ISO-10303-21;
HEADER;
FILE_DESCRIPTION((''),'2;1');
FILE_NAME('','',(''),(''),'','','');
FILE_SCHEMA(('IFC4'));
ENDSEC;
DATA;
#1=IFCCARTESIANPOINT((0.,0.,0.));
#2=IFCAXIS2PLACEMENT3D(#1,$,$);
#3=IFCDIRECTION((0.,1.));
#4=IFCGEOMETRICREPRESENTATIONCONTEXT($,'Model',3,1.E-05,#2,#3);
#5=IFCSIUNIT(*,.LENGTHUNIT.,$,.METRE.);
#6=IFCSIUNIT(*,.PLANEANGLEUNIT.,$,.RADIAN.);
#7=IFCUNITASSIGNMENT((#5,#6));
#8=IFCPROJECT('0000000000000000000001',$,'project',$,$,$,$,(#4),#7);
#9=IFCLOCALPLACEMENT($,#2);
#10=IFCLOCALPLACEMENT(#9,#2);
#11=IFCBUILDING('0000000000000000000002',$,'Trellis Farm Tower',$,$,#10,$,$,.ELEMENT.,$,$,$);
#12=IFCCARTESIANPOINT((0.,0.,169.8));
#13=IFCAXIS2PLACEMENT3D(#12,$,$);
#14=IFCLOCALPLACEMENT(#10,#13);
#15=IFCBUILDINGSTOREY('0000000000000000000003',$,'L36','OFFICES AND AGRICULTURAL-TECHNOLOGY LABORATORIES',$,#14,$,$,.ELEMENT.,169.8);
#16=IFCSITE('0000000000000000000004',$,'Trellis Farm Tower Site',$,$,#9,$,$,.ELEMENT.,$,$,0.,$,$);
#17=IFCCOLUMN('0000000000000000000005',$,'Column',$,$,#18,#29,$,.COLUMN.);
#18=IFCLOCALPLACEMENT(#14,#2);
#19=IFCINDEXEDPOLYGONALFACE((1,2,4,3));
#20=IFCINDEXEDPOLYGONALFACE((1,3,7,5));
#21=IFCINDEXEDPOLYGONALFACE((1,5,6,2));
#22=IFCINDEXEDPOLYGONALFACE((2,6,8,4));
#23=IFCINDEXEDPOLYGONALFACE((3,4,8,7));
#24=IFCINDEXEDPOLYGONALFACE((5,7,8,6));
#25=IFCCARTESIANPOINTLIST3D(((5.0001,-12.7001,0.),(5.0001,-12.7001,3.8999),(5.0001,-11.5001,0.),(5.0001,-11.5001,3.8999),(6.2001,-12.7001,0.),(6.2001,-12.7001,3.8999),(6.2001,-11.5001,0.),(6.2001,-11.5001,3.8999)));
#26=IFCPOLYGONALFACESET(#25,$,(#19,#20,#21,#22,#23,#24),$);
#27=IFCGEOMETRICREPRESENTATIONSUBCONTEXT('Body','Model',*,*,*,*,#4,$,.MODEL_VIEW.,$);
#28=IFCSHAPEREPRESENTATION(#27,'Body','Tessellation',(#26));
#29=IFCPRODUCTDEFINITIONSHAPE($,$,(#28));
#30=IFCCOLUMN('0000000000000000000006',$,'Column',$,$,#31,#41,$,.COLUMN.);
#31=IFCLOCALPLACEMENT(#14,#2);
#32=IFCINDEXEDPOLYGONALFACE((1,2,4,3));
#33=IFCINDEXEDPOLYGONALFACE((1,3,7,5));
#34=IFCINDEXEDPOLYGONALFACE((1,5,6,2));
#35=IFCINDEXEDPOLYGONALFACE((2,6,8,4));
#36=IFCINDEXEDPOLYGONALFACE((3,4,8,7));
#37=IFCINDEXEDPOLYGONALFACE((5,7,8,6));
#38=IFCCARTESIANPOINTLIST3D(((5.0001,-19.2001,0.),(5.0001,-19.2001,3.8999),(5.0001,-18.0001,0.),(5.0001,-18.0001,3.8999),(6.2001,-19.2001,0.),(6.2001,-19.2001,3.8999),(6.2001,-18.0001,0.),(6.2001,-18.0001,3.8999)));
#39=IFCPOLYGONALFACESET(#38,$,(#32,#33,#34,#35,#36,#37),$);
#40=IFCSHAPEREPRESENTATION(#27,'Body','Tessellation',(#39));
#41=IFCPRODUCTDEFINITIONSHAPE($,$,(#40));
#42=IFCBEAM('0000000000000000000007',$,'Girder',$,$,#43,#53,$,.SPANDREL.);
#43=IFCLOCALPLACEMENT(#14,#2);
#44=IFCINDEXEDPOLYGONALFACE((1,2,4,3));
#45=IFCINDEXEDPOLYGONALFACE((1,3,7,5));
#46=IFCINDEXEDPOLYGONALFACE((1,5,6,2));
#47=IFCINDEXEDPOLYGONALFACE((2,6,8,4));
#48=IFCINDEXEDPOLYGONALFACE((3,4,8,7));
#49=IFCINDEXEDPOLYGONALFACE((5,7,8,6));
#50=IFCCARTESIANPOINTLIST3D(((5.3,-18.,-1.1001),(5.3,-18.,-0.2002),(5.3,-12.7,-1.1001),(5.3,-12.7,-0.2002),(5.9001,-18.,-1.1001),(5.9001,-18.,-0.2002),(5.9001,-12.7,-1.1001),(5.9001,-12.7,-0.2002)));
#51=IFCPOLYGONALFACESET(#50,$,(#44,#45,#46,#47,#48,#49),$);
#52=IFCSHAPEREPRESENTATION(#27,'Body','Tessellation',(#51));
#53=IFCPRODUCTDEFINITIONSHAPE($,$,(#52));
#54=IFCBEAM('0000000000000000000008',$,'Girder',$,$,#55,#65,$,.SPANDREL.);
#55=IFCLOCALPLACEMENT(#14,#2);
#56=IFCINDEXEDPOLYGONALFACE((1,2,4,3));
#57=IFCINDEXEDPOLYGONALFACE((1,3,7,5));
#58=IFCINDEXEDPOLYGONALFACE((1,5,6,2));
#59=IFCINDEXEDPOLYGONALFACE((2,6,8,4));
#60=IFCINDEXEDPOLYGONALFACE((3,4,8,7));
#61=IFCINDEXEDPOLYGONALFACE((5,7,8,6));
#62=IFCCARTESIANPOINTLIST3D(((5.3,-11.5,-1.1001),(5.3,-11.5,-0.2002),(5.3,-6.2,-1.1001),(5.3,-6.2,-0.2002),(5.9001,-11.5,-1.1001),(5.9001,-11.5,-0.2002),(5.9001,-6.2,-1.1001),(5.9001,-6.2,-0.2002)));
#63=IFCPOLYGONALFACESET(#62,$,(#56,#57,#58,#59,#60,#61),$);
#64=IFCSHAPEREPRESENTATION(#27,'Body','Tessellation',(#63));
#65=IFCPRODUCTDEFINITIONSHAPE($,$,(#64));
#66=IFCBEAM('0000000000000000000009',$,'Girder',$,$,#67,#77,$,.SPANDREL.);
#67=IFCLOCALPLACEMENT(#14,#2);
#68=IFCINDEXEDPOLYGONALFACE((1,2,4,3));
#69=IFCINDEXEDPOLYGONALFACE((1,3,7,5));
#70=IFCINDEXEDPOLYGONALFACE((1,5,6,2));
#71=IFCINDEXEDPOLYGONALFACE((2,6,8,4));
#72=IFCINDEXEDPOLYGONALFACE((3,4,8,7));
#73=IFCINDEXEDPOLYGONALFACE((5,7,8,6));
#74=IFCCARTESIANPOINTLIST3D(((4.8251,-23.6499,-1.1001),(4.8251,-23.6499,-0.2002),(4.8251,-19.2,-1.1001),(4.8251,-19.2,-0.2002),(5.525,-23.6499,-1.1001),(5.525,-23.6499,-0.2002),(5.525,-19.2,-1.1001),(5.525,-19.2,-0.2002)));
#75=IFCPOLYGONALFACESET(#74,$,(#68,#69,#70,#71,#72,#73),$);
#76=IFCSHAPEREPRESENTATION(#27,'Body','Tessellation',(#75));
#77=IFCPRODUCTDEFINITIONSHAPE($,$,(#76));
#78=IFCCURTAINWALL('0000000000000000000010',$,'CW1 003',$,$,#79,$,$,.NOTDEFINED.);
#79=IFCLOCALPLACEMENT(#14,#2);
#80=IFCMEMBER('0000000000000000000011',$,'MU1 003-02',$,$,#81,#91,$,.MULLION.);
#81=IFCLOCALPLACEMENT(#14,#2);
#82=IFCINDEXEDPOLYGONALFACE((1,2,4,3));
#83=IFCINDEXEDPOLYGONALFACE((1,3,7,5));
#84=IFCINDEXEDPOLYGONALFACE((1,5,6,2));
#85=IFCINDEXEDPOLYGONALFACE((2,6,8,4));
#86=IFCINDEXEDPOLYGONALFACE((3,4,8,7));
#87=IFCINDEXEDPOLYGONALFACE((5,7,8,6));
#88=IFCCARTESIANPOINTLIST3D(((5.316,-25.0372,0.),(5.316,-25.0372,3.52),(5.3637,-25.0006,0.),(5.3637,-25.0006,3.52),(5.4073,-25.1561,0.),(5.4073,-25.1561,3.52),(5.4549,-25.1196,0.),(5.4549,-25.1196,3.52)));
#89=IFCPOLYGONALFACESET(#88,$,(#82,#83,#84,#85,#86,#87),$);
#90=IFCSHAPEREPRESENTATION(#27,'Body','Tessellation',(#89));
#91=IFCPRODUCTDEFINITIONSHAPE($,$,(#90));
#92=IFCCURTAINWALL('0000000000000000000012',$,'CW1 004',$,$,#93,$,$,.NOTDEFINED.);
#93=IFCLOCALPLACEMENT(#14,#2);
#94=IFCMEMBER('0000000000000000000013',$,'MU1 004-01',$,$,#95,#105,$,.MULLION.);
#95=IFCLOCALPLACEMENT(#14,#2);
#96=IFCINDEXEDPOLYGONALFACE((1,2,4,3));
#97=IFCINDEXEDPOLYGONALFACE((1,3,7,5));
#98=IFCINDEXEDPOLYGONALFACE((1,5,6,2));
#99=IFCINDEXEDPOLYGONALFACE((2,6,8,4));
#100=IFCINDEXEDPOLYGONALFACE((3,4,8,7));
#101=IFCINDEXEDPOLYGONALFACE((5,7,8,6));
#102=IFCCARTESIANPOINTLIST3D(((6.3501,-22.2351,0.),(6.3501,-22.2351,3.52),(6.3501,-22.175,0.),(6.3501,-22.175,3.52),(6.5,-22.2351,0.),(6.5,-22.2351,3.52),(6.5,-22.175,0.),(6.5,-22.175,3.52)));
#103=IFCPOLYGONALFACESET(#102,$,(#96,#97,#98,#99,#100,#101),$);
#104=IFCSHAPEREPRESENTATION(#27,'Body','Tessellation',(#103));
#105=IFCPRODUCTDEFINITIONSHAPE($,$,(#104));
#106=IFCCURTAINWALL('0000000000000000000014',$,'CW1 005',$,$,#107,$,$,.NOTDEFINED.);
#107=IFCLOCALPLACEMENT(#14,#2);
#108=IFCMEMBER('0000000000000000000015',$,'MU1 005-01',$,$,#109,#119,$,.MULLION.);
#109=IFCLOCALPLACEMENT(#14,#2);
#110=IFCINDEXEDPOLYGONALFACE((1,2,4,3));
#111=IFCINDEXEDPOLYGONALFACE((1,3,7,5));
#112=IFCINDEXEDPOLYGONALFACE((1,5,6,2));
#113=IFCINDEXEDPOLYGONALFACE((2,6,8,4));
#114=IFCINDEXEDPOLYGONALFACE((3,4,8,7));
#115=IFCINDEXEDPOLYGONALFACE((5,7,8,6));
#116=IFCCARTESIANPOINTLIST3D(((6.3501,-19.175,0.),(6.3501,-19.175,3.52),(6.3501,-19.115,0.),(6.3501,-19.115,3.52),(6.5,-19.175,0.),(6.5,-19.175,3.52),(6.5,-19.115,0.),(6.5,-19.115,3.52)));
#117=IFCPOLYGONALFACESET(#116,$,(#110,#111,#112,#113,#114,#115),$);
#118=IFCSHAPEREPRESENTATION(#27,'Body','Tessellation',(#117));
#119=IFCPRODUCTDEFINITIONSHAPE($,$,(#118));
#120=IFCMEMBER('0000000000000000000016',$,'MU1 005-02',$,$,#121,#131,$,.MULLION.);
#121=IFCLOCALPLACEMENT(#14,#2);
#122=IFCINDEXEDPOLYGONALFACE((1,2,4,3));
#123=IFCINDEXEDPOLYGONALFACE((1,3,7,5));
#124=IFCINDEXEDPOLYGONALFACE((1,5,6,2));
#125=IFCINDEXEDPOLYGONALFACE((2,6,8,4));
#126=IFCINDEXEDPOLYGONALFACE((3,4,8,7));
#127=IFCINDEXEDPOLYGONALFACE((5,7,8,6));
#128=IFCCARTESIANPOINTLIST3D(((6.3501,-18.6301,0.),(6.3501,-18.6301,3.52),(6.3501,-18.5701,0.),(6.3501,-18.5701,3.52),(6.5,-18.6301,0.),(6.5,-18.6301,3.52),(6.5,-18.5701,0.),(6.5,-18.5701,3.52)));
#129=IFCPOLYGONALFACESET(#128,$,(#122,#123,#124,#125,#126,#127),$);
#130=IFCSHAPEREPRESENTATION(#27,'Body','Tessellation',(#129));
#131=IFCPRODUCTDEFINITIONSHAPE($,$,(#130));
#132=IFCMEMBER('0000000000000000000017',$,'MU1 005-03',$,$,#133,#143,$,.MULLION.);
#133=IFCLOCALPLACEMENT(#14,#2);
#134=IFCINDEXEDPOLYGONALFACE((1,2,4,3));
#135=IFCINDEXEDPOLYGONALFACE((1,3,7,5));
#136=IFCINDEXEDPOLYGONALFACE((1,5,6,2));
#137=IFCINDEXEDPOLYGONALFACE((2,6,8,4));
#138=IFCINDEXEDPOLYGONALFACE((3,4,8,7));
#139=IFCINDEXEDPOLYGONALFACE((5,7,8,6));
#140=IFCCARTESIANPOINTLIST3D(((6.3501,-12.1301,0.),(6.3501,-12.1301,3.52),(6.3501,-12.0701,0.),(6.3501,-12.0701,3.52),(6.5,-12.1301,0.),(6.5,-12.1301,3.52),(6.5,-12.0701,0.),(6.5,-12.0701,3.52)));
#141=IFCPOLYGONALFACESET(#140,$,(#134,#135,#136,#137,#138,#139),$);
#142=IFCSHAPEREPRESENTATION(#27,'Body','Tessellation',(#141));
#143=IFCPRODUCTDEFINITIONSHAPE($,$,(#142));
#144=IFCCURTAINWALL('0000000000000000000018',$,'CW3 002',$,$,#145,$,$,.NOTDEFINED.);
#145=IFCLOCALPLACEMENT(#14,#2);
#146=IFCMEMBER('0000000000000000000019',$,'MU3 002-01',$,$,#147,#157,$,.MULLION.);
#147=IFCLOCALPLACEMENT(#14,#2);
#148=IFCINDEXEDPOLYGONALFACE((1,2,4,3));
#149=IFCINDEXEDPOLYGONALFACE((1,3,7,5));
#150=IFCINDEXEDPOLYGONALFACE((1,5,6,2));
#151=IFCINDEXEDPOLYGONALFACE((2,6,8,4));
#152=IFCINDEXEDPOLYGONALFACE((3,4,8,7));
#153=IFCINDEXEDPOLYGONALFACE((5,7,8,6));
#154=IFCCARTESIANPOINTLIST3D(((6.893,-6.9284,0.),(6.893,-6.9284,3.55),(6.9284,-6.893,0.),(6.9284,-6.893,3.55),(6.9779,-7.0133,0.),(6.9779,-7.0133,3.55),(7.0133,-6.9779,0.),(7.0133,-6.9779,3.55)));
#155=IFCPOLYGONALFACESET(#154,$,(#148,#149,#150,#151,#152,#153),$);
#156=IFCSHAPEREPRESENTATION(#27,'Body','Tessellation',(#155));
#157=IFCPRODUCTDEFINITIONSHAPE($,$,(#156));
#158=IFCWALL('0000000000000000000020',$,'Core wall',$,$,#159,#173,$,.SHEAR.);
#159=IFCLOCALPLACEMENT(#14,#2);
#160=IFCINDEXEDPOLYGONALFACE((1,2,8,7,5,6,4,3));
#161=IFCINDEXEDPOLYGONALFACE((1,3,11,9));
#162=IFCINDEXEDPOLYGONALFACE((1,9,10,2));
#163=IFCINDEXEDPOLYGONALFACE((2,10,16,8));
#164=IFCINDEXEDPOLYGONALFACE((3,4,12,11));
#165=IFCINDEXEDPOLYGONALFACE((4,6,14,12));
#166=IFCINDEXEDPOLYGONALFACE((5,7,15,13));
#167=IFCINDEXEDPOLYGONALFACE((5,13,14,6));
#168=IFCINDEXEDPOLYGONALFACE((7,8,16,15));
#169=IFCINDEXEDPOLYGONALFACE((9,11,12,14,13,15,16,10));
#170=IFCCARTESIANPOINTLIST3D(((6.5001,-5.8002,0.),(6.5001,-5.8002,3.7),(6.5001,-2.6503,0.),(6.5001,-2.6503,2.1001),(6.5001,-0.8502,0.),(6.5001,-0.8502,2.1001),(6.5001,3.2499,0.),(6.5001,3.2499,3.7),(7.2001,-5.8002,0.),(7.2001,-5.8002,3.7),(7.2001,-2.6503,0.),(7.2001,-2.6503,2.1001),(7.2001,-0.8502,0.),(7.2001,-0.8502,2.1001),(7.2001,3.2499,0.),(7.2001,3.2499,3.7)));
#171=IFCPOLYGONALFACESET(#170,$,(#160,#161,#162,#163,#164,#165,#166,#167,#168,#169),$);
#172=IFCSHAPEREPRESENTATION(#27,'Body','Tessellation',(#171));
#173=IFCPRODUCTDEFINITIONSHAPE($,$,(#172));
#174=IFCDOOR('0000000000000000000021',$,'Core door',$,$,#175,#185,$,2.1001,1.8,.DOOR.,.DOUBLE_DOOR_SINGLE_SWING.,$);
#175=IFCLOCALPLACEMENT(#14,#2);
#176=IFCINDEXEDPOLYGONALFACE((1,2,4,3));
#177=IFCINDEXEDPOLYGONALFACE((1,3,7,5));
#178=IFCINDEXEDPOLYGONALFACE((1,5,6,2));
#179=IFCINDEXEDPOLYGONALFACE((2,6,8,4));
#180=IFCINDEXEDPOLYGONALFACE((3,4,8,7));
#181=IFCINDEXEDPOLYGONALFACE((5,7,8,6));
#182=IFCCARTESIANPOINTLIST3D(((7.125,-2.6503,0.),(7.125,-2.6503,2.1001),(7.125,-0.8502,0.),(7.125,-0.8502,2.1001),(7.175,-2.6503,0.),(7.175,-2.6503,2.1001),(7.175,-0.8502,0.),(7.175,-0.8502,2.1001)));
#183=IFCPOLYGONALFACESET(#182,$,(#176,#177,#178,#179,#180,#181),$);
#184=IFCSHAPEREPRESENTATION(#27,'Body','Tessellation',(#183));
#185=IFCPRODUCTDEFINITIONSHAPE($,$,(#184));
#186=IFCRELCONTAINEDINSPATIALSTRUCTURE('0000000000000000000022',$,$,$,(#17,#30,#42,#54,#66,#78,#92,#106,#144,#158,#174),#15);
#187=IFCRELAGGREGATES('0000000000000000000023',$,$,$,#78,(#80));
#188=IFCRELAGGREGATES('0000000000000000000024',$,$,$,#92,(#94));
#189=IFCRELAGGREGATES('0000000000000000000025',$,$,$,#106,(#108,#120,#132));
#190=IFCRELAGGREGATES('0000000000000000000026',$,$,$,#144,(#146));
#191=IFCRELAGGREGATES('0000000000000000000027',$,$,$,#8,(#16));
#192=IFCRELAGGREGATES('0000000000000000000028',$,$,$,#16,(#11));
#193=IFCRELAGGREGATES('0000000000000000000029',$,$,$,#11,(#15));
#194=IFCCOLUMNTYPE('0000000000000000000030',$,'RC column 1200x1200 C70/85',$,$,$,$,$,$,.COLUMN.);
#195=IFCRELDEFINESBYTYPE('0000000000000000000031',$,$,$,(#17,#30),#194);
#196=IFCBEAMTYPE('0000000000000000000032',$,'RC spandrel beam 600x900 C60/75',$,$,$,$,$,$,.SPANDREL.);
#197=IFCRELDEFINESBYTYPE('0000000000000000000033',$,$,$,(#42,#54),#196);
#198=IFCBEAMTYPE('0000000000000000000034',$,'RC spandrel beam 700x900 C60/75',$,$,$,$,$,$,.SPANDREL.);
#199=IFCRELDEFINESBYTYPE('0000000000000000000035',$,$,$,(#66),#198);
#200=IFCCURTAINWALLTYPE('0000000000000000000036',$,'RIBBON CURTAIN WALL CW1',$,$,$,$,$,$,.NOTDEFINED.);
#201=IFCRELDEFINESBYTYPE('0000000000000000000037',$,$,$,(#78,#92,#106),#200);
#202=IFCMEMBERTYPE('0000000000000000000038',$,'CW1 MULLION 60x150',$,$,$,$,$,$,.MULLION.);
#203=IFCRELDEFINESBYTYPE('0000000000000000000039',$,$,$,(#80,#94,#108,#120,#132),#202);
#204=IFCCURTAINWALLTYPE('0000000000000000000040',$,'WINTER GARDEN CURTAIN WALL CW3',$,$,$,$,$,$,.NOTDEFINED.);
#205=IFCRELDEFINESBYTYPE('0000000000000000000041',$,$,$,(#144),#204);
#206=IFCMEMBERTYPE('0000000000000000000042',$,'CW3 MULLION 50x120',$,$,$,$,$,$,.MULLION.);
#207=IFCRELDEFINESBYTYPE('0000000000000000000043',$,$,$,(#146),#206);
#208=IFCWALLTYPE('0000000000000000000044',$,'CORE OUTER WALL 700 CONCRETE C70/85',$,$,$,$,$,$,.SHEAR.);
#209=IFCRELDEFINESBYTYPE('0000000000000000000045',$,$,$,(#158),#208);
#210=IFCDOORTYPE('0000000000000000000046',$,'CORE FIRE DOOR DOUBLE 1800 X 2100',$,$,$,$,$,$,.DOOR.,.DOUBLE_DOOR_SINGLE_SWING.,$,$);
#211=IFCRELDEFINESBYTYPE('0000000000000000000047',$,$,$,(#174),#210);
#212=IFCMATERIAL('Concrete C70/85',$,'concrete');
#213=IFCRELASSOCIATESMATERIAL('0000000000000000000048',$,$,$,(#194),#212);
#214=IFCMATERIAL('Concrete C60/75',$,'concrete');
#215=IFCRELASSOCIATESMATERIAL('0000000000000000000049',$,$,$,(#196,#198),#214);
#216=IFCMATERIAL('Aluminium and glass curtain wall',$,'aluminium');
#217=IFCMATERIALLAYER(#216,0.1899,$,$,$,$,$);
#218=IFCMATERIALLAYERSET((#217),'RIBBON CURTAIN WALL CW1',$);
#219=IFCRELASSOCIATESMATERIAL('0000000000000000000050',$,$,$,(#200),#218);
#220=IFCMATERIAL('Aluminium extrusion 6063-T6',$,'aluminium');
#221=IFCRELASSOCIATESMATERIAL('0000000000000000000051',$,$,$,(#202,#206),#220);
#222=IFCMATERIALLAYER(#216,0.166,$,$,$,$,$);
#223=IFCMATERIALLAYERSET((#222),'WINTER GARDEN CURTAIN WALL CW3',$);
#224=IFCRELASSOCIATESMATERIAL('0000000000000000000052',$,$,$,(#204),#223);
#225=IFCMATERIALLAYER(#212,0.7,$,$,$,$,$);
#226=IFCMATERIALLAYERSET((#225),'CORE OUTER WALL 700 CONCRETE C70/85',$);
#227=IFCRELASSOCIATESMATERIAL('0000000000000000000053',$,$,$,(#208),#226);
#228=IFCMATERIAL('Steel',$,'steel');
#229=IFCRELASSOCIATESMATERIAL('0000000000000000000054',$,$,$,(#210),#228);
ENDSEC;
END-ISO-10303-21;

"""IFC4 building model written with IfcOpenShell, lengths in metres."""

from ifc_helpers import new_model, si_unit, direction, frame, frame_2d, origin, origin_2d, place, context, subcontext, project, spatial, rectangle, extrude, source, transform, mapped, material, layer, layer_set, material_profile, profile_set, type_object, element, fill, aggregate, save


model = new_model("IFC4")

# Units and contexts
model_context = context("Model", 3, precision=1e-05, world=origin(), true_north=direction((0.0, 1.0)))
body_context = subcontext(model_context, "Body", "Model", "MODEL_VIEW")
ifc_project = project(units=[si_unit("LENGTHUNIT", "METRE"), si_unit("PLANEANGLEUNIT", "RADIAN")], contexts=[model_context])

# Site, building, storey
site_placement = place(None, origin())
site = spatial("IfcSite", under=ifc_project, at=site_placement, Name="Trellis Farm Tower Site", CompositionType="ELEMENT", RefElevation=0.0)
building_placement = place(site_placement, origin())
building = spatial("IfcBuilding", under=site, at=building_placement, Name="Trellis Farm Tower", CompositionType="ELEMENT")
storey_placement = place(building_placement, frame((0.0, 0.0, 169.8)))
storey = spatial("IfcBuildingStorey", under=building, at=storey_placement, Name="L36", Description="OFFICES AND AGRICULTURAL-TECHNOLOGY LABORATORIES", CompositionType="ELEMENT", Elevation=169.8)

# Columns
ifc_material_1 = material(Name="Concrete C70/85", Category="concrete")
ifc_material_profile_1 = material_profile(ifc_material_1, rectangle(XDim=1.2, YDim=1.2, at=origin_2d()), Name="RC column 1200x1200 C70/85")
ifc_profile_set_1 = profile_set([ifc_material_profile_1], Name="Concrete C70/85")
column_type = type_object("IfcColumnType", Name="RC column 1200x1200 C70/85", PredefinedType="COLUMN", material=ifc_profile_set_1)
shared_shape_1 = source(origin(), body_context, "Body", "SweptSolid", [
    extrude(rectangle(XDim=1.2, YDim=1.2, at=origin_2d()), origin(), (0.0, 0.0, 1.0), 3.8999),
])
for number, where, z_axis, x_axis, name in (
    (1, (5.6001, -12.1001, 0.0), (0.0, 0.0, 1.0), (1.0, 0.0, 0.0), "Column"),
    (2, (5.6001, -18.6001, 0.0), (0.0, 0.0, 1.0), (1.0, 0.0, 0.0), "Column"),
):
    element("IfcColumn", number, at=place(storey_placement, frame(where, z_axis=z_axis, x_axis=x_axis)), inside=storey, type_object=column_type, Name=name, PredefinedType="COLUMN", context=body_context, shape_type="MappedRepresentation", body=[
        mapped(shared_shape_1, transform((0.0, 0.0, 0.0))),
    ])

# Beams
ifc_material_2 = material(Name="Concrete C60/75", Category="concrete")
ifc_material_profile_2 = material_profile(ifc_material_2, rectangle(XDim=0.6001, YDim=0.8999, at=origin_2d()), Name="RC spandrel beam 600x900 C60/75")
ifc_profile_set_2 = profile_set([ifc_material_profile_2], Name="Concrete C60/75")
beam_type_1 = type_object("IfcBeamType", Name="RC spandrel beam 600x900 C60/75", PredefinedType="SPANDREL", material=ifc_profile_set_2)
shared_shape_2 = source(origin(), body_context, "Body", "SweptSolid", [
    extrude(rectangle(XDim=0.6001, YDim=0.8999, at=origin_2d()), origin(), (0.0, 0.0, 1.0), 5.3),
])
for number, where, z_axis, x_axis, name in (
    (3, (5.6001, -18.0, -0.6501), (0.0, 1.0, 0.0), (-1.0, 0.0, 0.0), "Girder"),
    (4, (5.6001, -11.5, -0.6501), (0.0, 1.0, 0.0), (-1.0, 0.0, 0.0), "Girder"),
):
    element("IfcBeam", number, at=place(storey_placement, frame(where, z_axis=z_axis, x_axis=x_axis)), inside=storey, type_object=beam_type_1, Name=name, PredefinedType="SPANDREL", context=body_context, shape_type="MappedRepresentation", body=[
        mapped(shared_shape_2, transform((0.0, 0.0, 0.0))),
    ])
ifc_material_profile_3 = material_profile(ifc_material_2, rectangle(XDim=0.7, YDim=0.8999, at=origin_2d()), Name="RC spandrel beam 700x900 C60/75")
ifc_profile_set_3 = profile_set([ifc_material_profile_3], Name="Concrete C60/75")
beam_type_2 = type_object("IfcBeamType", Name="RC spandrel beam 700x900 C60/75", PredefinedType="SPANDREL", material=ifc_profile_set_3)
shared_shape_3 = source(origin(), body_context, "Body", "SweptSolid", [
    extrude(rectangle(XDim=0.7, YDim=0.8999, at=origin_2d()), origin(), (0.0, 0.0, 1.0), 4.45),
])
beam_placement = place(storey_placement, frame((5.175, -23.6499, -0.6501), z_axis=(0.0, 1.0, 0.0), x_axis=(-1.0, 0.0, 0.0)))
element("IfcBeam", 5, at=beam_placement, inside=storey, type_object=beam_type_2, Name="Girder", PredefinedType="SPANDREL", context=body_context, shape_type="MappedRepresentation", body=[
    mapped(shared_shape_3, transform((0.0, 0.0, 0.0))),
])

# Curtain walls, members
ifc_material_3 = material(Name="Aluminium and glass curtain wall", Category="aluminium")
ifc_layer_1 = layer(ifc_material_3, 0.1899)
ifc_layer_set_1 = layer_set([ifc_layer_1], Name="RIBBON CURTAIN WALL CW1")
curtain_wall_type_1 = type_object("IfcCurtainWallType", Name="RIBBON CURTAIN WALL CW1", PredefinedType="NOTDEFINED", material=ifc_layer_set_1)
placement = place(storey_placement, origin())
curtain_wall_1 = element("IfcCurtainWall", 6, at=placement, inside=storey, type_object=curtain_wall_type_1, Name="CW1 003", PredefinedType="NOTDEFINED")
ifc_material_4 = material(Name="Aluminium extrusion 6063-T6", Category="aluminium")
ifc_material_profile_4 = material_profile(ifc_material_4, rectangle(XDim=0.0601, YDim=0.1499, at=origin_2d()), Name="MULLION 60x150")
ifc_profile_set_4 = profile_set([ifc_material_profile_4], Name="Aluminium extrusion 6063-T6")
member_type_1 = type_object("IfcMemberType", Name="CW1 MULLION 60x150", PredefinedType="MULLION", material=ifc_profile_set_4)
shared_shape_4 = source(origin(), body_context, "Body", "SweptSolid", [
    extrude(rectangle(XDim=0.0601, YDim=0.1499, at=origin_2d()), origin(), (0.0, 0.0, 1.0), 3.52),
])
member_1_placement = place(storey_placement, frame((5.3855, -25.0784, 0.0), z_axis=(0.0, 0.0, 1.0), x_axis=(0.793353, 0.608761, 0.0)))
member_1 = element("IfcMember", 7, at=member_1_placement, type_object=member_type_1, Name="MU1 003-02", PredefinedType="MULLION", context=body_context, shape_type="MappedRepresentation", body=[
    mapped(shared_shape_4, transform((0.0, 0.0, 0.0))),
])
aggregate(curtain_wall_1, [member_1])
curtain_wall_2 = element("IfcCurtainWall", 8, at=placement, inside=storey, type_object=curtain_wall_type_1, Name="CW1 004", PredefinedType="NOTDEFINED")
member_2_placement = place(storey_placement, frame((6.425, -22.2051, 0.0), z_axis=(0.0, 0.0, 1.0), x_axis=(0.0, 1.0, 0.0)))
member_2 = element("IfcMember", 9, at=member_2_placement, type_object=member_type_1, Name="MU1 004-01", PredefinedType="MULLION", context=body_context, shape_type="MappedRepresentation", body=[
    mapped(shared_shape_4, transform((0.0, 0.0, 0.0))),
])
aggregate(curtain_wall_2, [member_2])

# Curtain wall, members
curtain_wall_3 = element("IfcCurtainWall", 10, at=placement, inside=storey, type_object=curtain_wall_type_1, Name="CW1 005", PredefinedType="NOTDEFINED")
member_3_placement = place(storey_placement, frame((6.425, -19.145, 0.0), z_axis=(0.0, 0.0, 1.0), x_axis=(0.0, 1.0, 0.0)))
member_3 = element("IfcMember", 11, at=member_3_placement, type_object=member_type_1, Name="MU1 005-01", PredefinedType="MULLION", context=body_context, shape_type="MappedRepresentation", body=[
    mapped(shared_shape_4, transform((0.0, 0.0, 0.0))),
])
member_4_placement = place(storey_placement, frame((6.425, -18.6001, 0.0), z_axis=(0.0, 0.0, 1.0), x_axis=(0.0, 1.0, 0.0)))
member_4 = element("IfcMember", 12, at=member_4_placement, type_object=member_type_1, Name="MU1 005-02", PredefinedType="MULLION", context=body_context, shape_type="MappedRepresentation", body=[
    mapped(shared_shape_4, transform((0.0, 0.0, 0.0))),
])
member_5_placement = place(storey_placement, frame((6.425, -12.1001, 0.0), z_axis=(0.0, 0.0, 1.0), x_axis=(0.0, 1.0, 0.0)))
member_5 = element("IfcMember", 13, at=member_5_placement, type_object=member_type_1, Name="MU1 005-03", PredefinedType="MULLION", context=body_context, shape_type="MappedRepresentation", body=[
    mapped(shared_shape_4, transform((0.0, 0.0, 0.0))),
])
aggregate(curtain_wall_3, [member_3, member_4, member_5])

# Curtain wall, member
ifc_layer_2 = layer(ifc_material_3, 0.166)
ifc_layer_set_2 = layer_set([ifc_layer_2], Name="WINTER GARDEN CURTAIN WALL CW3")
curtain_wall_type_2 = type_object("IfcCurtainWallType", Name="WINTER GARDEN CURTAIN WALL CW3", PredefinedType="NOTDEFINED", material=ifc_layer_set_2)
curtain_wall_4 = element("IfcCurtainWall", 14, at=placement, inside=storey, type_object=curtain_wall_type_2, Name="CW3 002", PredefinedType="NOTDEFINED")
ifc_material_profile_5 = material_profile(ifc_material_4, rectangle(XDim=0.05, YDim=0.1201, at=origin_2d()), Name="MULLION 50x120")
ifc_profile_set_5 = profile_set([ifc_material_profile_5], Name="Aluminium extrusion 6063-T6")
member_type_2 = type_object("IfcMemberType", Name="CW3 MULLION 50x120", PredefinedType="MULLION", material=ifc_profile_set_5)
shared_shape_5 = source(origin(), body_context, "Body", "SweptSolid", [
    extrude(rectangle(XDim=0.05, YDim=0.1201, at=origin_2d()), origin(), (0.0, 0.0, 1.0), 3.55),
])
member_6_placement = place(storey_placement, frame((6.9531, -6.9531, 0.0), z_axis=(0.0, 0.0, 1.0), x_axis=(0.707107, 0.707107, 0.0)))
member_6 = element("IfcMember", 15, at=member_6_placement, type_object=member_type_2, Name="MU3 002-01", PredefinedType="MULLION", context=body_context, shape_type="MappedRepresentation", body=[
    mapped(shared_shape_5, transform((0.0, 0.0, 0.0))),
])
aggregate(curtain_wall_4, [member_6])

# Wall, opening, door
ifc_layer_3 = layer(ifc_material_1, 0.7)
ifc_layer_set_3 = layer_set([ifc_layer_3], Name="CORE OUTER WALL 700 CONCRETE C70/85")
wall_type_1 = type_object("IfcWallType", Name="CORE OUTER WALL 700 CONCRETE C70/85", PredefinedType="SHEAR", material=ifc_layer_set_3)
shared_shape_6 = source(origin(), body_context, "Body", "SweptSolid", [
    extrude(rectangle(XDim=9.05, YDim=0.7, at=frame_2d((4.5249, 0.0))), origin(), (0.0, 0.0, 1.0), 3.7),
])
wall_1_placement = place(storey_placement, frame((6.8501, -5.8, 0.0), z_axis=(0.0, 0.0, 1.0), x_axis=(0.0, 1.0, 0.0)))
wall_1 = element("IfcWall", 16, at=wall_1_placement, inside=storey, type_object=wall_type_1, Name="Core wall", PredefinedType="SHEAR", context=body_context, shape_type="MappedRepresentation", body=[
    mapped(shared_shape_6, transform((0.0, 0.0, 0.0))),
])
shared_shape_7 = source(origin(), body_context, "Body", "SweptSolid", [
    extrude(rectangle(XDim=1.8, YDim=2.1001, at=frame_2d((0.8999, 1.05))), frame((0.0, 0.3601, 0.0), z_axis=(0.0, -1.0, 0.0), x_axis=(1.0, 0.0, 0.0)), (0.0, 0.0, 1.0), 0.7202),
])
opening_1_placement = place(wall_1_placement, frame((3.1499, 0.0, 0.0)))
opening_1 = element("IfcOpeningElement", 17, at=opening_1_placement, cuts=wall_1, PredefinedType="OPENING", context=body_context, shape_type="MappedRepresentation", body=[
    mapped(shared_shape_7, transform((0.0, 0.0, 0.0))),
])
ifc_material_5 = material(Name="Steel", Category="steel")
door_type_1 = type_object("IfcDoorType", Name="CORE FIRE DOOR DOUBLE 1800 X 2100", OperationType="DOUBLE_DOOR_SINGLE_SWING", PredefinedType="DOOR", material=ifc_material_5)
shared_shape_8 = source(origin(), body_context, "Body", "SweptSolid", [
    extrude(rectangle(XDim=1.8, YDim=2.1001, at=frame_2d((0.8999, 1.05))), frame((0.0, -0.2749, 0.0), z_axis=(0.0, -1.0, 0.0), x_axis=(1.0, 0.0, 0.0)), (0.0, 0.0, 1.0), 0.05),
])
door_1_placement = place(opening_1_placement, origin())
door_1 = element("IfcDoor", 18, at=door_1_placement, inside=storey, type_object=door_type_1, Name="Core door", OperationType="DOUBLE_DOOR_SINGLE_SWING", OverallHeight=2.1001, OverallWidth=1.8, PredefinedType="DOOR", context=body_context, shape_type="MappedRepresentation", body=[
    mapped(shared_shape_8, transform((0.0, 0.0, 0.0))),
])
fill(opening_1, door_1)

save(model, "model.ifc")
